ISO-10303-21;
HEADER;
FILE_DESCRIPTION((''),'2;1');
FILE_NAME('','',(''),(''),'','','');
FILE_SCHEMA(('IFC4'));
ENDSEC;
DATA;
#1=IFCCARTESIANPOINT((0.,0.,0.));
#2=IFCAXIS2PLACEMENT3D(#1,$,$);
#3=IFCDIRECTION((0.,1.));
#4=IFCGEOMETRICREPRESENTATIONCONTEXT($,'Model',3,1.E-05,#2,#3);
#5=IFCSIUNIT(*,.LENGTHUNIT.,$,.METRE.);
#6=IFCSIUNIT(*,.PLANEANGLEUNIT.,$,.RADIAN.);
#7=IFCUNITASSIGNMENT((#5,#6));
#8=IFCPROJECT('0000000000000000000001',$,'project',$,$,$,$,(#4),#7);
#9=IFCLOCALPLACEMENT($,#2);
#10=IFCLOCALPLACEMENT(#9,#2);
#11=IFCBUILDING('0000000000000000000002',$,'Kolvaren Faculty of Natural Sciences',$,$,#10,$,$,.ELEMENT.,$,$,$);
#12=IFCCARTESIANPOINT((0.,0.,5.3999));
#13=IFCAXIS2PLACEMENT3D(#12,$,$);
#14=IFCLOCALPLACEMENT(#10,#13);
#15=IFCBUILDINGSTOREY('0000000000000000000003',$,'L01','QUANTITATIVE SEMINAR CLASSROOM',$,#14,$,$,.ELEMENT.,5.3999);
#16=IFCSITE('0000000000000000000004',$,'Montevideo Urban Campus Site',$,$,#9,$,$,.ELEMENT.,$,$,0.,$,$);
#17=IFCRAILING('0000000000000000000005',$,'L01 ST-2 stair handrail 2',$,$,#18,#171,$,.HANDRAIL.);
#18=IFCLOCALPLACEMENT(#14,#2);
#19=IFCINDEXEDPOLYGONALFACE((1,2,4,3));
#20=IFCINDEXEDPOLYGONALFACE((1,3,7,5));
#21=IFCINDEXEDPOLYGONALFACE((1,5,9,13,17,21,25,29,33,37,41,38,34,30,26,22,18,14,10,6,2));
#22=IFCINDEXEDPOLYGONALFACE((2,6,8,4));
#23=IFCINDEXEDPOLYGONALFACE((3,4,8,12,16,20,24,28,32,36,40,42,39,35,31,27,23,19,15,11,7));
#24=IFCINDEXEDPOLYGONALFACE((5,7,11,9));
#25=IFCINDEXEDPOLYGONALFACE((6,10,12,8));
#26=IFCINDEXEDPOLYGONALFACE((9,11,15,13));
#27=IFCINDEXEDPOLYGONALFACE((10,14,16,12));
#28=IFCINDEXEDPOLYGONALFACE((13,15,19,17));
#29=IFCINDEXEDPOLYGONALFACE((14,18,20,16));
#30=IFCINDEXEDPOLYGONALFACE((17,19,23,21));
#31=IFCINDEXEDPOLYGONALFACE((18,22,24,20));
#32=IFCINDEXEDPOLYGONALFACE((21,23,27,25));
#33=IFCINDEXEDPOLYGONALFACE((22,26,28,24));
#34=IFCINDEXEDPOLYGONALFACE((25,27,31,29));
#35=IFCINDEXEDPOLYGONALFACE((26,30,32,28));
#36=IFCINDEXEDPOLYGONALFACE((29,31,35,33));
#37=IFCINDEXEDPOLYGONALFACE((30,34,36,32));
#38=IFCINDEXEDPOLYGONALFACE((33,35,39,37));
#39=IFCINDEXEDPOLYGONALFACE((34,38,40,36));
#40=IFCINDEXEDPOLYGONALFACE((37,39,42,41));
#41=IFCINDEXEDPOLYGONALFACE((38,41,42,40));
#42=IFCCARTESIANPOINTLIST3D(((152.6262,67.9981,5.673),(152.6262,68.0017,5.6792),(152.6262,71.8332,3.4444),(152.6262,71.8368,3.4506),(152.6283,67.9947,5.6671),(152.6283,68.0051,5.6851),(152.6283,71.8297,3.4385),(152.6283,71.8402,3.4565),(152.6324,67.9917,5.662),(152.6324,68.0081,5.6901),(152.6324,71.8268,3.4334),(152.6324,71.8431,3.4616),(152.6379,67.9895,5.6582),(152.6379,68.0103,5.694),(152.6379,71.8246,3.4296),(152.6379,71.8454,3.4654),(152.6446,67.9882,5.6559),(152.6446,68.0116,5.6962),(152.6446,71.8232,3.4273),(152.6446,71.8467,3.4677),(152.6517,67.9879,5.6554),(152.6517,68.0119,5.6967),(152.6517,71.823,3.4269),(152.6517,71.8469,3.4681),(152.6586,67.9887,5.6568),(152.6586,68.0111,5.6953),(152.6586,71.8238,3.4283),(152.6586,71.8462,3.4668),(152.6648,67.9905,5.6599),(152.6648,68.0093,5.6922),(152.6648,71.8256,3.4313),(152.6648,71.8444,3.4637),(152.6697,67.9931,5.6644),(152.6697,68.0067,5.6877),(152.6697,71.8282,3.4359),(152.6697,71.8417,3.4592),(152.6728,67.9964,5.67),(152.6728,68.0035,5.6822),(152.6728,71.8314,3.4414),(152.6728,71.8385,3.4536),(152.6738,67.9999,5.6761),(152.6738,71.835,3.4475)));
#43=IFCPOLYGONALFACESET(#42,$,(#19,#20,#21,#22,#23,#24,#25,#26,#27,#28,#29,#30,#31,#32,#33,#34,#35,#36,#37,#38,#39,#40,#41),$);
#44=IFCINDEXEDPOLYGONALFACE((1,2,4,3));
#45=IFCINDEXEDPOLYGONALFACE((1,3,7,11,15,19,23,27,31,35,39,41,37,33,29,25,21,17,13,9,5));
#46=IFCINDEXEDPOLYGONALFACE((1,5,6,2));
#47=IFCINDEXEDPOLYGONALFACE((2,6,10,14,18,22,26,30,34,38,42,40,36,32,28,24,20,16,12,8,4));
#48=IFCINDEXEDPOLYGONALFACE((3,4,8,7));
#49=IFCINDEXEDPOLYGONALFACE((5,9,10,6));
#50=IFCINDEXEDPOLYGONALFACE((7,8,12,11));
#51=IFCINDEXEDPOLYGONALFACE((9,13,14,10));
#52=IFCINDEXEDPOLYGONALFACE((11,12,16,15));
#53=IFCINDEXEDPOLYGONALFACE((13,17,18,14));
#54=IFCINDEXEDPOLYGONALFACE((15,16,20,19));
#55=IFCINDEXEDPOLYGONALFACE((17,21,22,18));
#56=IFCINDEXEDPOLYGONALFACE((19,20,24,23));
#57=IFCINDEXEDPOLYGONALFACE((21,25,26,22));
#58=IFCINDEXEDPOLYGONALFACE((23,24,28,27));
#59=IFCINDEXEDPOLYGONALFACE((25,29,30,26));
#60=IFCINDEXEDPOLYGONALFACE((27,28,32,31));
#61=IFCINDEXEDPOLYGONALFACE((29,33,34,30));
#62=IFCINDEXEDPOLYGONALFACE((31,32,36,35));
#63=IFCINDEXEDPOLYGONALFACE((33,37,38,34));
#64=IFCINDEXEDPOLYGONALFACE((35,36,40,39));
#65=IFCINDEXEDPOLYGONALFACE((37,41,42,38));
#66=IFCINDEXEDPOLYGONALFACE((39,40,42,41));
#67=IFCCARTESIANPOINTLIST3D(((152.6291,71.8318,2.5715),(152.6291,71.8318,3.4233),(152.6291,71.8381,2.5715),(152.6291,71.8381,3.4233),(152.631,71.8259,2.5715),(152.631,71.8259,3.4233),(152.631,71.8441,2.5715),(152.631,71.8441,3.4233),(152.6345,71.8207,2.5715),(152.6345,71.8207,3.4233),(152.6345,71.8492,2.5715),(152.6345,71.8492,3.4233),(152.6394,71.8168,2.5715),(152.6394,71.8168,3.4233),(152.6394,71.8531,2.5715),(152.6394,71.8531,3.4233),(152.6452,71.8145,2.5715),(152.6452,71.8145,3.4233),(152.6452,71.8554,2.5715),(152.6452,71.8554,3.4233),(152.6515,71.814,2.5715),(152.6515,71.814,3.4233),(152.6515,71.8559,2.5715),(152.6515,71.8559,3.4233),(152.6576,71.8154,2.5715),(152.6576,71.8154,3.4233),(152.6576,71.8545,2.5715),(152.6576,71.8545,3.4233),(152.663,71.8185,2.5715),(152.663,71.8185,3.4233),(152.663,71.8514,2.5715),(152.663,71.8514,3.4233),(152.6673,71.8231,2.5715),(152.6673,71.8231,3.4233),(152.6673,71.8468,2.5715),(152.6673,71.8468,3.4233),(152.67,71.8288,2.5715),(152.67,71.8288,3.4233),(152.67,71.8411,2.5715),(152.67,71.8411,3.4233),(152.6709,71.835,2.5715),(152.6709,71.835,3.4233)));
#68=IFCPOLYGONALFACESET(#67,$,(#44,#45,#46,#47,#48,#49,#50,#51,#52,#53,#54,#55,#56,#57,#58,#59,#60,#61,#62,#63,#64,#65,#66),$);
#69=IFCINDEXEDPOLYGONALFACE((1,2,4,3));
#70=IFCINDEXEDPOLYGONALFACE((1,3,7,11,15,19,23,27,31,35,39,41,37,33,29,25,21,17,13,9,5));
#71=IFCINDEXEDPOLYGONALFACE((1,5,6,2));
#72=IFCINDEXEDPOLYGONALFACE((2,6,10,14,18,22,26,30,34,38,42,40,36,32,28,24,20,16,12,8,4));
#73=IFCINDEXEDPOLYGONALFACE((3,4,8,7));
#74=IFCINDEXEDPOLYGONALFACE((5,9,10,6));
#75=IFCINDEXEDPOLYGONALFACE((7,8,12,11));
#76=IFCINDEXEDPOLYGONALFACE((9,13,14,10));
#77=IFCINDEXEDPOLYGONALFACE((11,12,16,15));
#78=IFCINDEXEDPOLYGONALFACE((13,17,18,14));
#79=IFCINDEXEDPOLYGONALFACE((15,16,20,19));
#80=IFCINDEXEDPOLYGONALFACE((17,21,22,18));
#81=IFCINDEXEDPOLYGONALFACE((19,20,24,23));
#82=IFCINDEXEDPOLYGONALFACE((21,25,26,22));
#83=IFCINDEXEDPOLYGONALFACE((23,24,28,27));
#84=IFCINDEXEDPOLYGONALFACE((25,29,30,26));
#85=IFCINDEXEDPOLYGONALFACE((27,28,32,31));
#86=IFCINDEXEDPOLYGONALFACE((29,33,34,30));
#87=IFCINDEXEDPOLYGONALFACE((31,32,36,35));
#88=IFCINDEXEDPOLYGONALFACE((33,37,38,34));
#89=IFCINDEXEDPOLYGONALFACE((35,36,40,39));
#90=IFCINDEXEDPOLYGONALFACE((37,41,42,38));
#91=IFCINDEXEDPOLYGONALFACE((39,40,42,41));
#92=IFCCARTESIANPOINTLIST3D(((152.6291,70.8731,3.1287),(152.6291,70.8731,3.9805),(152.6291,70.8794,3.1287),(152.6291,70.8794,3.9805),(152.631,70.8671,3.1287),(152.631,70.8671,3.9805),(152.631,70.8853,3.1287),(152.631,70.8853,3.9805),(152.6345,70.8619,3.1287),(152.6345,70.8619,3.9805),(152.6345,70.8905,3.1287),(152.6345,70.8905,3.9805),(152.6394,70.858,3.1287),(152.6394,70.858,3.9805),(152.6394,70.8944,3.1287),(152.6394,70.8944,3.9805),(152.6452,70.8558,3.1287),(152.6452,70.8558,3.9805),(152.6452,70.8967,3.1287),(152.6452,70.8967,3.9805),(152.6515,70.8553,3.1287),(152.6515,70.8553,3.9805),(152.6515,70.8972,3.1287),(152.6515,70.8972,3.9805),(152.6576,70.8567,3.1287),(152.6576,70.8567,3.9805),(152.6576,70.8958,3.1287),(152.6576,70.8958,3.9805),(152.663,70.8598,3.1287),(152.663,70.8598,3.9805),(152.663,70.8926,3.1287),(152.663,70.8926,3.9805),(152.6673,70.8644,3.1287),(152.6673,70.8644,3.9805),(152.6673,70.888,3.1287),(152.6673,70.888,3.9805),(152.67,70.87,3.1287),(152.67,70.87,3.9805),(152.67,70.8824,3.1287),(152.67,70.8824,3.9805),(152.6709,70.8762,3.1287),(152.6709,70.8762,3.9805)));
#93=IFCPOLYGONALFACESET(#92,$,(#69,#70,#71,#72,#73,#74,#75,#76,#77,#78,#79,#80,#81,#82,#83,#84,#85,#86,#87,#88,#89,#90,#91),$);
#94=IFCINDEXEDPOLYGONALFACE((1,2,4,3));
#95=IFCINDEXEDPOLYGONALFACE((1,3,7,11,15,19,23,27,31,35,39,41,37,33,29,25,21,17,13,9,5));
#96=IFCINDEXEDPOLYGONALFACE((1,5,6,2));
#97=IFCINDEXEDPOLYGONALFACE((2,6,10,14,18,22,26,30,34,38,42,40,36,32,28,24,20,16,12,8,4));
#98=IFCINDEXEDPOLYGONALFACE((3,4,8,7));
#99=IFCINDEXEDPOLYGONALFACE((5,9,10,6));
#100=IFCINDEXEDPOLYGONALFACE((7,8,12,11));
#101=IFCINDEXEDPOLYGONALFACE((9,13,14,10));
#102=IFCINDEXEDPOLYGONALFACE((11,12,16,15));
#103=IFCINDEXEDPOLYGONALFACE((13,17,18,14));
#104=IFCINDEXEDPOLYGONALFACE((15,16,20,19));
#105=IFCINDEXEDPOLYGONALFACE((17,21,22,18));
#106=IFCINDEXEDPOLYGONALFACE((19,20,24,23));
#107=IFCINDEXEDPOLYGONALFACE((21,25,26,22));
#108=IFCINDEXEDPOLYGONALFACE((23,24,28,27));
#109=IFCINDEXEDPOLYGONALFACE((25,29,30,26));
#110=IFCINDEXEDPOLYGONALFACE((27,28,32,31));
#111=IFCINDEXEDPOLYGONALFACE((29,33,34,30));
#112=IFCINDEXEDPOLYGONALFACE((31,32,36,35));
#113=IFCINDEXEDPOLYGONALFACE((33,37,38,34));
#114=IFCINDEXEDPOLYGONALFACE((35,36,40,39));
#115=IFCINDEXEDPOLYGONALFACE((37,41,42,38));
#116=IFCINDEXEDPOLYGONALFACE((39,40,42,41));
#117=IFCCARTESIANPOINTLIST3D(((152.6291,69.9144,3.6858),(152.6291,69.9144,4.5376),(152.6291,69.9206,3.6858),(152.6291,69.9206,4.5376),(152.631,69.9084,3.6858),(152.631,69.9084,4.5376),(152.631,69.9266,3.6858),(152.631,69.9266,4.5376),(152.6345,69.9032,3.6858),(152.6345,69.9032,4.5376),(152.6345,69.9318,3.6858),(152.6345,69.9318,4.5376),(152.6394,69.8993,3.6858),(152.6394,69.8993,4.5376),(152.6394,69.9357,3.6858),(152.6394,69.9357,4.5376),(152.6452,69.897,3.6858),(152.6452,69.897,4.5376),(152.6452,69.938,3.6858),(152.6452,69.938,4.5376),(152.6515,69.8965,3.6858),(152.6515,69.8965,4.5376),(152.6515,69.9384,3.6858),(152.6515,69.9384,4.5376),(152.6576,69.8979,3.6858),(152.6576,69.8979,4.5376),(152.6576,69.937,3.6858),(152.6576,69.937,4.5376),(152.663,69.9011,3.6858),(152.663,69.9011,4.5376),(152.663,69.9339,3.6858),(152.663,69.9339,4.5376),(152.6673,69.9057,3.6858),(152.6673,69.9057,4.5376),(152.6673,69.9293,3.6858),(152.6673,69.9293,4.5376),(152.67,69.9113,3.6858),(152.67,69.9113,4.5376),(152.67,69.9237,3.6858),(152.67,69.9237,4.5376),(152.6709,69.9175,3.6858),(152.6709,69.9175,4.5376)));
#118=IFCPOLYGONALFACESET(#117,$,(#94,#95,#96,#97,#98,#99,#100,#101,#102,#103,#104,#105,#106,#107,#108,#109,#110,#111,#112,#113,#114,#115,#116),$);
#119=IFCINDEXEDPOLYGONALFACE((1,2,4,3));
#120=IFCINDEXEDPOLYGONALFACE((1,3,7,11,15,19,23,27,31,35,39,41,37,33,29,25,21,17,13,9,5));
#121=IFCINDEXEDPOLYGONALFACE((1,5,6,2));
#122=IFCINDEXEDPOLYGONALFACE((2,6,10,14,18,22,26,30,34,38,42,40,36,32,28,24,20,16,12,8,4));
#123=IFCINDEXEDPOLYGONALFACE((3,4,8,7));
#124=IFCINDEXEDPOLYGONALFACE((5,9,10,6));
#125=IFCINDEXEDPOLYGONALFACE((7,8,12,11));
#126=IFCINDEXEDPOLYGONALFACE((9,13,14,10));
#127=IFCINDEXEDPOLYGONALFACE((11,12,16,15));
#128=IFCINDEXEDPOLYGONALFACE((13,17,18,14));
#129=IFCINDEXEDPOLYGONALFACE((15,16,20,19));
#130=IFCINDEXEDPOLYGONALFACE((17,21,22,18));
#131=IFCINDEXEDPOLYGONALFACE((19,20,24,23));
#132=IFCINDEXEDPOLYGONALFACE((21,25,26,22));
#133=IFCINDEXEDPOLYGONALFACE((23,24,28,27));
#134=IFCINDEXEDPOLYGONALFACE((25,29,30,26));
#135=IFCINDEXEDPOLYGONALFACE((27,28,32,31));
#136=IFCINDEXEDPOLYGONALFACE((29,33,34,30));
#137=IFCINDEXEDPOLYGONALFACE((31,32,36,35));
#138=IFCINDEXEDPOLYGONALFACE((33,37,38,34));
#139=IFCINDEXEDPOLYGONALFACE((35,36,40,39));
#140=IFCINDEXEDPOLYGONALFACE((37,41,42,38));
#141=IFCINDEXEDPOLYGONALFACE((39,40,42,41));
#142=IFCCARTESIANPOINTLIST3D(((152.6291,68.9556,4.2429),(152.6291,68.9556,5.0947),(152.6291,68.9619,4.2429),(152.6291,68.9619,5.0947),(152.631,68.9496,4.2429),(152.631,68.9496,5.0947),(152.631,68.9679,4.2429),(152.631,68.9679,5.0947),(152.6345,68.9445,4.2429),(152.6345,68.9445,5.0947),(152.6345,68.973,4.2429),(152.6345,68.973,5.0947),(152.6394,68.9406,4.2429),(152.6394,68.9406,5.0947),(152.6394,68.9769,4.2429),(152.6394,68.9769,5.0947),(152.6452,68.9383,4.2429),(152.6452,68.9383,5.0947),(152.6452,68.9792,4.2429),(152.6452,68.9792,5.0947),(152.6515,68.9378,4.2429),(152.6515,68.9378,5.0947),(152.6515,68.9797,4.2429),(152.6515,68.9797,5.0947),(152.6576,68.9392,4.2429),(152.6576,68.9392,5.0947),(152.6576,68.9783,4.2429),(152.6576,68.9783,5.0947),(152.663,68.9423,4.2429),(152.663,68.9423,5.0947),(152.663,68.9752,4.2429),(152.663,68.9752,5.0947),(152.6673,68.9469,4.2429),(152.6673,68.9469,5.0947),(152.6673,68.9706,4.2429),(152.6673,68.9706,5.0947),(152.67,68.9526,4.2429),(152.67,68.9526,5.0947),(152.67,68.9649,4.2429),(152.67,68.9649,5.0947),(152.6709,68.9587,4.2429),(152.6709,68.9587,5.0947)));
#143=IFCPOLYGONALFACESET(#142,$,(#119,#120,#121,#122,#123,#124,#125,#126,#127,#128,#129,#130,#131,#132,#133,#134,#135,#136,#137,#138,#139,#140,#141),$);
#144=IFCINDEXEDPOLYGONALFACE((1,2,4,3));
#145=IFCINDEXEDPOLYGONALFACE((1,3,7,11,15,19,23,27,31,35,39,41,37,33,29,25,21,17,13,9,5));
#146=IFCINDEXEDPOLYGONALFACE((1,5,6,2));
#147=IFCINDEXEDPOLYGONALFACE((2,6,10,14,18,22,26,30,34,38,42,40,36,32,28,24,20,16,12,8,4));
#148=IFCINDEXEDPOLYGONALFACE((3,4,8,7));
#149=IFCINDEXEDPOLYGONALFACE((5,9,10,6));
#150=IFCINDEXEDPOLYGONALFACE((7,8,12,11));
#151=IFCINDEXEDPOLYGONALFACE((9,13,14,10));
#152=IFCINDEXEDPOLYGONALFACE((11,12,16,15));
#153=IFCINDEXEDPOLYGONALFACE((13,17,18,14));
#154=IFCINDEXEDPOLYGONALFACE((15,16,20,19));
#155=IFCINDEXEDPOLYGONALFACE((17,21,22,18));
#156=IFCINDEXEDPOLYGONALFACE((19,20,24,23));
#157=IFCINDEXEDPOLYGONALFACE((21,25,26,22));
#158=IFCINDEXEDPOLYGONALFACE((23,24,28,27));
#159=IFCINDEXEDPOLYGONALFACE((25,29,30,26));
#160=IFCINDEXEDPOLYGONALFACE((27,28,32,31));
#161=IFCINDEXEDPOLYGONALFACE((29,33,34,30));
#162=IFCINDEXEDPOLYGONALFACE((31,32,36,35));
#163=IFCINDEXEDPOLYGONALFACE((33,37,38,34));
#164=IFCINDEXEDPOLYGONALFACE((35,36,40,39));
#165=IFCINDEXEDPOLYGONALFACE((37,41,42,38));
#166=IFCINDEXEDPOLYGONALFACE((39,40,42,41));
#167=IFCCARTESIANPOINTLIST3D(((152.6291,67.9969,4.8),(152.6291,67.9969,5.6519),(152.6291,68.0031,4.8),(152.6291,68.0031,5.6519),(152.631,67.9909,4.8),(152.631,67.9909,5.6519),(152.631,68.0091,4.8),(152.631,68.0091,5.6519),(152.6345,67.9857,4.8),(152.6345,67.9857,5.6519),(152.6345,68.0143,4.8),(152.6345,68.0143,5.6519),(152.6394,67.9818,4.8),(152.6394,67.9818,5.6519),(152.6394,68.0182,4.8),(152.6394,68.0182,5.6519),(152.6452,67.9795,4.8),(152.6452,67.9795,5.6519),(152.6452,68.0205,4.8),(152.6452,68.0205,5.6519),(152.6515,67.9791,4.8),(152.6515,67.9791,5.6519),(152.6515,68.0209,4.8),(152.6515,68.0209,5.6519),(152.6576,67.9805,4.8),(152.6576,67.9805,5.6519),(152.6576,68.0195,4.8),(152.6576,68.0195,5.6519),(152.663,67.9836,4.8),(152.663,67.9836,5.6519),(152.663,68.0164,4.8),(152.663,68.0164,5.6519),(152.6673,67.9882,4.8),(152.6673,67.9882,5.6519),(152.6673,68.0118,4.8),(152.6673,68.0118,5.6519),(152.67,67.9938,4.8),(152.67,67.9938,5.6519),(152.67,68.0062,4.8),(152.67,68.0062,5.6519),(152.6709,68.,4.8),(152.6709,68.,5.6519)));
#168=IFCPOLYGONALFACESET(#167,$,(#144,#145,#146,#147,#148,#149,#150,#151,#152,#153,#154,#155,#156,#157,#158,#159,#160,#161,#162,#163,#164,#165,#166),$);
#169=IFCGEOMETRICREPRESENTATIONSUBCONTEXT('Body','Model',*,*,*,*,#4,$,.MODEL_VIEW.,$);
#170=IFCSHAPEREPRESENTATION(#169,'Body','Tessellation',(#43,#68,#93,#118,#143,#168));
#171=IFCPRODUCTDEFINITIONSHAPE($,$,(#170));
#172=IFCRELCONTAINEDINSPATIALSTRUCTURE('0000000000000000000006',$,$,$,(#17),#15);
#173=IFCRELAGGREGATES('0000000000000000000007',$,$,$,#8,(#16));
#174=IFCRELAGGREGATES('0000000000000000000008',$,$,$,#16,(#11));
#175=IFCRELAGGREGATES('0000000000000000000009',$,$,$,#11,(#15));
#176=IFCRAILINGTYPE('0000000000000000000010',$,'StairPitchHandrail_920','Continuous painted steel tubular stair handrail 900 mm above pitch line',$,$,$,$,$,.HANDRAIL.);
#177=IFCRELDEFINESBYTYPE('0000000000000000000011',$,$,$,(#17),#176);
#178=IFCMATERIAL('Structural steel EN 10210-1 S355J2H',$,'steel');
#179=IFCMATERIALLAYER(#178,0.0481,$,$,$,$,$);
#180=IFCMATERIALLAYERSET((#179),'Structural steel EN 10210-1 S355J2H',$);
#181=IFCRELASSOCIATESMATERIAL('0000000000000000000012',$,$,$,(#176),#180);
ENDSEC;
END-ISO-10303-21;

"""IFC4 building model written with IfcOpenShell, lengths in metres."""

from ifc_helpers import new_model, si_unit, direction, frame, origin, origin_2d, place, context, subcontext, project, spatial, circle, extrude, material, layer, layer_set, type_object, element, save


model = new_model("IFC4")

# Units and contexts
model_context = context("Model", 3, precision=1e-05, world=origin(), true_north=direction((0.0, 1.0)))
body_context = subcontext(model_context, "Body", "Model", "MODEL_VIEW")
ifc_project = project(units=[si_unit("LENGTHUNIT", "METRE"), si_unit("PLANEANGLEUNIT", "RADIAN")], contexts=[model_context])

# Site, building, storey
site_placement = place(None, origin())
site = spatial("IfcSite", under=ifc_project, at=site_placement, Name="Montevideo Urban Campus Site", CompositionType="ELEMENT", RefElevation=0.0)
building_placement = place(site_placement, origin())
building = spatial("IfcBuilding", under=site, at=building_placement, Name="Kolvaren Faculty of Natural Sciences", CompositionType="ELEMENT")
storey_placement = place(building_placement, frame((0.0, 0.0, 5.3999)))
storey = spatial("IfcBuildingStorey", under=building, at=storey_placement, Name="L01", Description="QUANTITATIVE SEMINAR CLASSROOM", CompositionType="ELEMENT", Elevation=5.3999)

# Railing
ifc_material_1 = material(Name="Structural steel EN 10210-1 S355J2H", Category="steel")
ifc_layer_1 = layer(ifc_material_1, 0.0481)
ifc_layer_set_1 = layer_set([ifc_layer_1], Name="Structural steel EN 10210-1 S355J2H")
railing_type_1 = type_object("IfcRailingType", Name="StairPitchHandrail_920", Description="Continuous painted steel tubular stair handrail 900 mm above pitch line", PredefinedType="HANDRAIL", material=ifc_layer_set_1)
railing_1_placement = place(storey_placement, frame((152.6499, 71.835, 2.5715)))
element("IfcRailing", 1, at=railing_1_placement, inside=storey, type_object=railing_type_1, Name="L01 ST-2 stair handrail 2", PredefinedType="HANDRAIL", context=body_context, shape_type="SweptSolid", body=[
    extrude(circle(Radius=0.0239, at=origin_2d()), frame((0.0, 0.0, 0.876), z_axis=(0.0, -0.864616, 0.502433), x_axis=(1.0, 0.0, 0.0)), (0.0, 0.0, 1.0), 4.4355),
    extrude(circle(Radius=0.021, at=origin_2d()), origin(), (0.0, 0.0, 1.0), 0.8518),
    extrude(circle(Radius=0.021, at=origin_2d()), frame((0.0, -0.9587, 0.5571)), (0.0, 0.0, 1.0), 0.8518),
    extrude(circle(Radius=0.021, at=origin_2d()), frame((0.0, -1.9175, 1.1143)), (0.0, 0.0, 1.0), 0.8518),
    extrude(circle(Radius=0.021, at=origin_2d()), frame((0.0, -2.8762, 1.6714)), (0.0, 0.0, 1.0), 0.8518),
    extrude(circle(Radius=0.021, at=origin_2d()), frame((0.0, -3.835, 2.2285)), (0.0, 0.0, 1.0), 0.8518),
])

save(model, "model.ifc")
